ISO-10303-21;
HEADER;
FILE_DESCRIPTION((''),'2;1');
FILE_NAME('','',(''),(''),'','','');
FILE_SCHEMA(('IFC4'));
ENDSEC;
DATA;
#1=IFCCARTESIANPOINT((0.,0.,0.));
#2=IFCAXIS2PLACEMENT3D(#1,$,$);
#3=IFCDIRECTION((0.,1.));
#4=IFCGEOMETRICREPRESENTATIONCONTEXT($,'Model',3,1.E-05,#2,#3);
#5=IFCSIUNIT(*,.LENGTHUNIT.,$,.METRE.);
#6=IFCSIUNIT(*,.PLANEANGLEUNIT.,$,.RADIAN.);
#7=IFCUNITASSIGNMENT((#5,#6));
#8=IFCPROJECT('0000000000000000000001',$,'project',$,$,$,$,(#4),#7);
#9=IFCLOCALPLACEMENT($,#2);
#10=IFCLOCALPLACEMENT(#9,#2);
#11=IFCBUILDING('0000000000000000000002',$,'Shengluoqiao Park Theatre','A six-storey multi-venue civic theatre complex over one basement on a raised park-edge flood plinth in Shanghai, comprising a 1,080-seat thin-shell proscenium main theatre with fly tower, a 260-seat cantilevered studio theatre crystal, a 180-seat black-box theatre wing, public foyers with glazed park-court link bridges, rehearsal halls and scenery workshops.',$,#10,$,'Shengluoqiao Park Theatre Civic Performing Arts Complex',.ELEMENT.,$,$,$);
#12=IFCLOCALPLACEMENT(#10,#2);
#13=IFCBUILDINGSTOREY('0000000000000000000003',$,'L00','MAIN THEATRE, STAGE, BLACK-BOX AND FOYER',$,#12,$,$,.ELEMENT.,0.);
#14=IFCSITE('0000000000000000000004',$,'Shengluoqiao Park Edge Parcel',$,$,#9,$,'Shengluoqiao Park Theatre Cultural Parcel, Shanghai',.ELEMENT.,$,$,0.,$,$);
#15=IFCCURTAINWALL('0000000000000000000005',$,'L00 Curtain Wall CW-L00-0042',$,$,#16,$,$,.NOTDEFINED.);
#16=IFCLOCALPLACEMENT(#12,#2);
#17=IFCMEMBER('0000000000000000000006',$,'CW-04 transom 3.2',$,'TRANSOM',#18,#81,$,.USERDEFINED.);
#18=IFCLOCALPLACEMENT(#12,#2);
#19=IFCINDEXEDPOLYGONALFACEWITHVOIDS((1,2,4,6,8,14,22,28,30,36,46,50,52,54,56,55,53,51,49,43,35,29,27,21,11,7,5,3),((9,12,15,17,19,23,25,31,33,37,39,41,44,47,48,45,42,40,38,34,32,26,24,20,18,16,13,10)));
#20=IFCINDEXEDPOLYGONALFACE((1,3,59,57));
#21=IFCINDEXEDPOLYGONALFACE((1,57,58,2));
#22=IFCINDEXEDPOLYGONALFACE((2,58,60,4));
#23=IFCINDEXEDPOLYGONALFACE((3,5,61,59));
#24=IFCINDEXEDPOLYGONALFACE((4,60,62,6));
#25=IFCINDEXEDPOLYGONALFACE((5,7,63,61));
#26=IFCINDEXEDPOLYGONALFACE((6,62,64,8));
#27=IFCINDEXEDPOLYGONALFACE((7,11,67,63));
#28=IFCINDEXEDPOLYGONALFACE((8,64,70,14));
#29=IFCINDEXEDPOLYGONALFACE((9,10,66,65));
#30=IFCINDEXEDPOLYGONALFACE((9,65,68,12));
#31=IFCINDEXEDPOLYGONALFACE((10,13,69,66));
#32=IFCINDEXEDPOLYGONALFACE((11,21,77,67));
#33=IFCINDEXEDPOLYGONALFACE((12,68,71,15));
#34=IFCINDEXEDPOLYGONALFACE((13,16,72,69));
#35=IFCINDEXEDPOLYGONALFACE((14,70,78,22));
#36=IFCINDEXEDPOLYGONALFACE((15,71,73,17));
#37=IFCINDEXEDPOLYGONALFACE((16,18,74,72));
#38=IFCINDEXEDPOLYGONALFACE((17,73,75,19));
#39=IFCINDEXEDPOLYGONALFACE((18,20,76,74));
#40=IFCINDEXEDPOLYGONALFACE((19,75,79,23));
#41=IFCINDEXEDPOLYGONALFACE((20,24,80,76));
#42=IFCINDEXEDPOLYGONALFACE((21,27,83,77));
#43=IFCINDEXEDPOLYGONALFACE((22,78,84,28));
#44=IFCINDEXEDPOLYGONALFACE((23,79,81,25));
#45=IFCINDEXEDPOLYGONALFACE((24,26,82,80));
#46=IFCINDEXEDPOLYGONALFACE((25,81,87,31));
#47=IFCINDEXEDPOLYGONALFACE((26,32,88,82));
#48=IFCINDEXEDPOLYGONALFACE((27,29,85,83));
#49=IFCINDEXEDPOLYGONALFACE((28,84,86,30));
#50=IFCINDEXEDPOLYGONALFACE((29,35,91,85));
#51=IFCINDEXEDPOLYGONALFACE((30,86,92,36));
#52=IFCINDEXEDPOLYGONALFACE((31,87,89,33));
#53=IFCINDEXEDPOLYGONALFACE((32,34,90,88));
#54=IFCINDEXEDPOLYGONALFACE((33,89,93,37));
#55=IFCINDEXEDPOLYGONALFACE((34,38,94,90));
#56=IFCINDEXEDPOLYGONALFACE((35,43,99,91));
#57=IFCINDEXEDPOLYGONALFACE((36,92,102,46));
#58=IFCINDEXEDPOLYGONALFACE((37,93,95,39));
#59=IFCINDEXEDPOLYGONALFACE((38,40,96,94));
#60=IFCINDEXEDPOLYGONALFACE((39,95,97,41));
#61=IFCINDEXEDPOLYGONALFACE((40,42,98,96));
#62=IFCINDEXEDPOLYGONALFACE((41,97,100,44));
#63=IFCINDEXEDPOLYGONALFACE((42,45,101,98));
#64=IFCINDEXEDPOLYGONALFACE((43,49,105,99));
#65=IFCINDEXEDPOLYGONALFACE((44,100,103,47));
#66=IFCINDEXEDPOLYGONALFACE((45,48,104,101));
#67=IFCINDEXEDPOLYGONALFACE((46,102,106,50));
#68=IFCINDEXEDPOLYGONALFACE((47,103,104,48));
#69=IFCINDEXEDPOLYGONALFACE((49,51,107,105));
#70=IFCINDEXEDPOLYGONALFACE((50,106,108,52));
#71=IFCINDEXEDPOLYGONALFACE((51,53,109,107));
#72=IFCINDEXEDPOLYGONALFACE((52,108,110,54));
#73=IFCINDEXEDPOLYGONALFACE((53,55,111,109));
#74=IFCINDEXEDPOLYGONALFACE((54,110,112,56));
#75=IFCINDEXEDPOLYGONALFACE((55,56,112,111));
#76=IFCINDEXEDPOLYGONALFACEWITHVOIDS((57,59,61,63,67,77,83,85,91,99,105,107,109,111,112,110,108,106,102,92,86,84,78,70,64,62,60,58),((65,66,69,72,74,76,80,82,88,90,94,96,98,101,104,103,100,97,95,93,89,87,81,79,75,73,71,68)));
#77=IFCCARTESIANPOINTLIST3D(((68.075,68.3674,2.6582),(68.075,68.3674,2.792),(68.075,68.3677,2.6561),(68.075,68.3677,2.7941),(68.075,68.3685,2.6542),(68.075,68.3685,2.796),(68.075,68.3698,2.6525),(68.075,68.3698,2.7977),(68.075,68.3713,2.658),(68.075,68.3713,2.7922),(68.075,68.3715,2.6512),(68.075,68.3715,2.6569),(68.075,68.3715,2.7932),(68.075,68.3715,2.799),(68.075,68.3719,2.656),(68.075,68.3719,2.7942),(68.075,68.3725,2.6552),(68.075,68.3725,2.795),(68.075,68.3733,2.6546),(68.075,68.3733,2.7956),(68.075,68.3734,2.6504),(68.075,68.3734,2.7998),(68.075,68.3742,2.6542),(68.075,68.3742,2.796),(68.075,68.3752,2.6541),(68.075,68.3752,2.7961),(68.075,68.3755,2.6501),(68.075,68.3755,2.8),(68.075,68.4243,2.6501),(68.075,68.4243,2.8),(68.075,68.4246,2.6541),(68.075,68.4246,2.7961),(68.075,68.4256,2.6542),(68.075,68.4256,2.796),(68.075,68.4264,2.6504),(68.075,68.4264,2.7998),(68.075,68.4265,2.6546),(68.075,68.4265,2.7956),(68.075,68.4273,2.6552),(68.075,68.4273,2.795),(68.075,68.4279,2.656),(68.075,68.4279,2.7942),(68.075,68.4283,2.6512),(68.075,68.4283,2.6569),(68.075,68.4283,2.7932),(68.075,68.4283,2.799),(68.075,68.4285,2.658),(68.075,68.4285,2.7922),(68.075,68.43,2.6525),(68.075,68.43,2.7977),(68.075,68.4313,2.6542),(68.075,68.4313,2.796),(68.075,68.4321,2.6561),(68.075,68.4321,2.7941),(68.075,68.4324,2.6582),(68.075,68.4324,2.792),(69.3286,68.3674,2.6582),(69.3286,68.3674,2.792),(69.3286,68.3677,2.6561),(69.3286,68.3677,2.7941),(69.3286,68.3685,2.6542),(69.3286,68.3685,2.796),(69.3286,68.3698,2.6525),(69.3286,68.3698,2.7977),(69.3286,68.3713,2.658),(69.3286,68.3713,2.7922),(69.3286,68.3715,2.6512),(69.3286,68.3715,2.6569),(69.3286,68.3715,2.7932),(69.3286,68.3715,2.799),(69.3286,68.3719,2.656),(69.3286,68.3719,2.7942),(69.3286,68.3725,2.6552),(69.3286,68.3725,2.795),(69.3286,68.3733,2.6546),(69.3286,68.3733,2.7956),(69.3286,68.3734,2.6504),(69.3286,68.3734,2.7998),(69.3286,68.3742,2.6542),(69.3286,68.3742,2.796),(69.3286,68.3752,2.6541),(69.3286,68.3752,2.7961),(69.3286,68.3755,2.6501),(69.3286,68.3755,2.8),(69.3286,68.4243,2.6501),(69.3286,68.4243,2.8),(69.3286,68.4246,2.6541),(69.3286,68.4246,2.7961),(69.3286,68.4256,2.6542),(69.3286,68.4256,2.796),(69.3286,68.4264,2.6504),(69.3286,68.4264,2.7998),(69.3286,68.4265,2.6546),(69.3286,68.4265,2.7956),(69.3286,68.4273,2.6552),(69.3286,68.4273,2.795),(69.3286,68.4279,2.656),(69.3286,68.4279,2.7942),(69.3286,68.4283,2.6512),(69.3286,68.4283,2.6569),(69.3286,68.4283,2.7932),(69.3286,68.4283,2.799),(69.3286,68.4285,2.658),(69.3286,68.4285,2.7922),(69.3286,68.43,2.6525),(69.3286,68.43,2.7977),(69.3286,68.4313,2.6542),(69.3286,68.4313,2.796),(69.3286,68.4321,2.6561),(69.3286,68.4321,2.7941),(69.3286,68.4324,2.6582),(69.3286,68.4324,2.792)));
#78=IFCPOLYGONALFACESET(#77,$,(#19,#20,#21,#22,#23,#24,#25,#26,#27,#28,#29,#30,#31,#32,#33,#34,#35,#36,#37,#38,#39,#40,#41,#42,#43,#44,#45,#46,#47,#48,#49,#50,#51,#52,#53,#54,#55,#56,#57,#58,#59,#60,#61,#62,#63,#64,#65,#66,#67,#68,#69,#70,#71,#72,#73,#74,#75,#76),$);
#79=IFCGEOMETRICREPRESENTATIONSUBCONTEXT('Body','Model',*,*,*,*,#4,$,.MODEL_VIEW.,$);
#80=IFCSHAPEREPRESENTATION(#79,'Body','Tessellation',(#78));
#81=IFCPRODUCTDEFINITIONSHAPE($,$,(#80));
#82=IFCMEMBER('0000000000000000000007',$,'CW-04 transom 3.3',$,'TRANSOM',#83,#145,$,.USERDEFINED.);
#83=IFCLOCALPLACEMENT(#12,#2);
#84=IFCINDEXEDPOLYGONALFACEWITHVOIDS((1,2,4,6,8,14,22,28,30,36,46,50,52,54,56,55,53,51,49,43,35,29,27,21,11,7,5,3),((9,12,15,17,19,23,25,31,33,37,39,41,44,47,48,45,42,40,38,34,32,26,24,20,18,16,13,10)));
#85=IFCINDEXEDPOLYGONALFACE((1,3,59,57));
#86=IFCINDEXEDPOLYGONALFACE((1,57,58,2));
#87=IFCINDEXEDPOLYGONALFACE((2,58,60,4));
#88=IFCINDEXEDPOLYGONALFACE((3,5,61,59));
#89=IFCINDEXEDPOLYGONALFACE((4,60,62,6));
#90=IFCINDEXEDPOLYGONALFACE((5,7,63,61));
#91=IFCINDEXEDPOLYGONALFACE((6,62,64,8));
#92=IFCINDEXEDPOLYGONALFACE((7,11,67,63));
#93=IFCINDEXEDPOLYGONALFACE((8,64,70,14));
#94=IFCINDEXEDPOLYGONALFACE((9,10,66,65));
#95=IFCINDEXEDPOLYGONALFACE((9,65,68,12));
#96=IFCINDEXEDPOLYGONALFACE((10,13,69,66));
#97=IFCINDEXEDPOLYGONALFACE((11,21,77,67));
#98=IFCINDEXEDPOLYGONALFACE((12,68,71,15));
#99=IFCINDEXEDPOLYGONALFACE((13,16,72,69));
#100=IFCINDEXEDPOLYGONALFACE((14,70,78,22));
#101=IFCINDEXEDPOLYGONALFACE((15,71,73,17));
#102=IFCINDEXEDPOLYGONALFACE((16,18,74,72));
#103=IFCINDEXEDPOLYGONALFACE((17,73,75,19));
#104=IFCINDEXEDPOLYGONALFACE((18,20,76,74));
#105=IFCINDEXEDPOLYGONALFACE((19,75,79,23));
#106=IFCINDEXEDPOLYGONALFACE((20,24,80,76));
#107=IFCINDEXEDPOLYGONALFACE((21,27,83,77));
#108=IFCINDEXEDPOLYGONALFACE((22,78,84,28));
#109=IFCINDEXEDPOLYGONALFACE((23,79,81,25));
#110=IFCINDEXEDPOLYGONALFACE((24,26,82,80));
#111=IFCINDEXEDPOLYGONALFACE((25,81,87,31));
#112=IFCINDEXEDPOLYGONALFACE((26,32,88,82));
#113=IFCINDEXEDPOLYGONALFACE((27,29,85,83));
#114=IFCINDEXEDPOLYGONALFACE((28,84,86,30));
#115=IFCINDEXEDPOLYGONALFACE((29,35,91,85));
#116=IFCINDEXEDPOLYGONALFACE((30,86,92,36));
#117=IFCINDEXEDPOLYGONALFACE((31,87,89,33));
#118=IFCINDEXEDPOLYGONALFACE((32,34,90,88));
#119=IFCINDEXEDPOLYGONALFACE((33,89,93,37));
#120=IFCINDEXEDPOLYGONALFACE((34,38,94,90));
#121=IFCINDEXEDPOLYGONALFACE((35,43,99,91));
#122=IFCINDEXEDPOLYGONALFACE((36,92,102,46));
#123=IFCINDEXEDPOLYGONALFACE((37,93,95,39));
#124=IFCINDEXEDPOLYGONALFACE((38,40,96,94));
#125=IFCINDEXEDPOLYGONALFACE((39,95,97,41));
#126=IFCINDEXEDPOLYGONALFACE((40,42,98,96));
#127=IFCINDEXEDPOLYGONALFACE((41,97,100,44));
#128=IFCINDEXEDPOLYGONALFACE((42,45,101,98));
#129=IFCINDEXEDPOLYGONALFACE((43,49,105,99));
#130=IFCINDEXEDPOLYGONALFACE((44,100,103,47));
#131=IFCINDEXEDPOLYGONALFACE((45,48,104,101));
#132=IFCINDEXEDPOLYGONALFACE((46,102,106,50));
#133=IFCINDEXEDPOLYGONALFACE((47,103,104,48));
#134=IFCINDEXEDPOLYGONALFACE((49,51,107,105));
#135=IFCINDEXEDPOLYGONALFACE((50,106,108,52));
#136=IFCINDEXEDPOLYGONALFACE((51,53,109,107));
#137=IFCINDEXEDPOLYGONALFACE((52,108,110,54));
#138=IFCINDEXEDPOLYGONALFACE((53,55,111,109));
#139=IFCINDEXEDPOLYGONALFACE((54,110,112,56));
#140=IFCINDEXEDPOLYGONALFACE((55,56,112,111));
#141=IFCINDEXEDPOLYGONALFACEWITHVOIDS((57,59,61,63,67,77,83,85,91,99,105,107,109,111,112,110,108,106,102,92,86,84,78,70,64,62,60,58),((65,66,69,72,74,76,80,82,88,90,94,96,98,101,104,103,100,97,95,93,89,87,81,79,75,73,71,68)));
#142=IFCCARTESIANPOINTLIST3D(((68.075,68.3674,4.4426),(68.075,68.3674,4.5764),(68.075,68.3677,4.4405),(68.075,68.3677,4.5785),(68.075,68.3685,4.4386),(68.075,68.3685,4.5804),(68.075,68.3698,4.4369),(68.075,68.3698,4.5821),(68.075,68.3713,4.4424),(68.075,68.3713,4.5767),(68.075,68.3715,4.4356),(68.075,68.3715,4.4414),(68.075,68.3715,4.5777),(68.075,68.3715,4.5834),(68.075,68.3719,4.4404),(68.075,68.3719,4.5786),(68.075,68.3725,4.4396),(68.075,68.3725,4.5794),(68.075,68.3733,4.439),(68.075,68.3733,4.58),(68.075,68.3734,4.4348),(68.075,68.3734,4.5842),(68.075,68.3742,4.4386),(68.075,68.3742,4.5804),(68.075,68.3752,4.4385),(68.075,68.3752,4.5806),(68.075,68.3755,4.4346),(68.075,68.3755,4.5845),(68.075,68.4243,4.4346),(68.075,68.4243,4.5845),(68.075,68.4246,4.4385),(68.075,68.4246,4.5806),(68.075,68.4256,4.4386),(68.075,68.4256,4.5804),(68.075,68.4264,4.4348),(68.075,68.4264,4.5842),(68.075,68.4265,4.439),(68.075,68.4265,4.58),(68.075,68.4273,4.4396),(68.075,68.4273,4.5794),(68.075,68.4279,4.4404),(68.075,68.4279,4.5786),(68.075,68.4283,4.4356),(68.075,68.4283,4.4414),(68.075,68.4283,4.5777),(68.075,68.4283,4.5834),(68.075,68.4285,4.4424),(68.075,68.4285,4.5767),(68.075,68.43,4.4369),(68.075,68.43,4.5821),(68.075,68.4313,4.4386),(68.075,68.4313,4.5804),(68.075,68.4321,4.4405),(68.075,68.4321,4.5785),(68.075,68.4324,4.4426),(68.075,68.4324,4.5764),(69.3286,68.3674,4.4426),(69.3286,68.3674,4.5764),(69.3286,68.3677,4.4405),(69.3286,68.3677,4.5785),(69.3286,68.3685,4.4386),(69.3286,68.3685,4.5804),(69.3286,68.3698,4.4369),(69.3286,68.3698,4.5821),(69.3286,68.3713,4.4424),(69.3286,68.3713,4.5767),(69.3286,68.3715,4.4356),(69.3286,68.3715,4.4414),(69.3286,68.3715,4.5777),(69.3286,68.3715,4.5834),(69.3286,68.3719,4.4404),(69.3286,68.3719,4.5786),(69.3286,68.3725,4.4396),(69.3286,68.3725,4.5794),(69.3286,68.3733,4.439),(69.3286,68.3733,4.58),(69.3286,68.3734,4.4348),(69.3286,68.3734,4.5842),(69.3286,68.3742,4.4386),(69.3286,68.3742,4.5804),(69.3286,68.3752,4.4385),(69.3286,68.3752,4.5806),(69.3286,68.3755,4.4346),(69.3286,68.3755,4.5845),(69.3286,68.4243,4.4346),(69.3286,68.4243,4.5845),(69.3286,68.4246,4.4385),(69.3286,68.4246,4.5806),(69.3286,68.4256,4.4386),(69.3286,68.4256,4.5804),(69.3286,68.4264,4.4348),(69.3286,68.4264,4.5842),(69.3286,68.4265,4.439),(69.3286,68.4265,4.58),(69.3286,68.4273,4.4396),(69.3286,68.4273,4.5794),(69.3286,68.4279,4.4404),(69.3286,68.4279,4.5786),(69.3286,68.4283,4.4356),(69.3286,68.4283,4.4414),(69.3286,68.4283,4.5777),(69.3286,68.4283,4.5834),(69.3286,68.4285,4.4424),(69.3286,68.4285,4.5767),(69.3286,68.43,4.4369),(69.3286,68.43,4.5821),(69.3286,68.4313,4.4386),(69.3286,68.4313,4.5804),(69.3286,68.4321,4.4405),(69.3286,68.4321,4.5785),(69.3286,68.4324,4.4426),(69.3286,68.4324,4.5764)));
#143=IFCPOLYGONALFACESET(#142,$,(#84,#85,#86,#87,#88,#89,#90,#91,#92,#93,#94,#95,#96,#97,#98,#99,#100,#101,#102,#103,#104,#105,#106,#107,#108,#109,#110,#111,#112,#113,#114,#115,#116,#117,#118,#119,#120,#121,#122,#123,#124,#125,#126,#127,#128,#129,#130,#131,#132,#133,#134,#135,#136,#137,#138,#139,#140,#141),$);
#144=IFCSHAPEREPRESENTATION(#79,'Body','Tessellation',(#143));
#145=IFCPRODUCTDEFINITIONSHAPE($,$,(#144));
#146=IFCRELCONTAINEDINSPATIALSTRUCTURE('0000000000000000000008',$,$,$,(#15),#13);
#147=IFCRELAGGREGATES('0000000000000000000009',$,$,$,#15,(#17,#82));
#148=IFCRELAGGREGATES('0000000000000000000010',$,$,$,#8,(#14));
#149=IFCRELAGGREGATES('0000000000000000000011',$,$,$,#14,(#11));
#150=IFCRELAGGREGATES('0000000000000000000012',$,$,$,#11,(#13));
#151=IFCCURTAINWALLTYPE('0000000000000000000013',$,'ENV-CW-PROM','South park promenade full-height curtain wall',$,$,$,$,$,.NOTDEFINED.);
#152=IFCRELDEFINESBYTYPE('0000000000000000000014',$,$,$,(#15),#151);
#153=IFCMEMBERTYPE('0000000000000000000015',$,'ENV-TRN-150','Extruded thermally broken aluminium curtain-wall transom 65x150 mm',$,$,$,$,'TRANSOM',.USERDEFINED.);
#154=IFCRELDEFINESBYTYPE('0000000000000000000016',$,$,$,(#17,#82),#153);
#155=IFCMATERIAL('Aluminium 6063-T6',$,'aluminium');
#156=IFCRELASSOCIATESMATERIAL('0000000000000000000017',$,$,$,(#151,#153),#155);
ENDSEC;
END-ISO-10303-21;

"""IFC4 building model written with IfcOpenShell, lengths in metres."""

from ifc_helpers import new_model, si_unit, direction, frame, origin, origin_2d, place, context, subcontext, project, spatial, hollow_rectangle, extrude, material, material_profile, profile_set, type_object, element, aggregate, save


model = new_model("IFC4")

# Units and contexts
model_context = context("Model", 3, precision=1e-05, world=origin(), true_north=direction((0.0, 1.0)))
body_context = subcontext(model_context, "Body", "Model", "MODEL_VIEW")
ifc_project = project(units=[si_unit("LENGTHUNIT", "METRE"), si_unit("PLANEANGLEUNIT", "RADIAN")], contexts=[model_context])

# Site, building, storey
site_placement = place(None, origin())
site = spatial("IfcSite", under=ifc_project, at=site_placement, Name="Shengluoqiao Park Edge Parcel", LongName="Shengluoqiao Park Theatre Cultural Parcel, Shanghai", CompositionType="ELEMENT", RefElevation=0.0)
building_placement = place(site_placement, origin())
building = spatial("IfcBuilding", under=site, at=building_placement, Name="Shengluoqiao Park Theatre", Description="A six-storey multi-venue civic theatre complex over one basement on a raised park-edge flood plinth in Shanghai, comprising a 1,080-seat thin-shell proscenium main theatre with fly tower, a 260-seat cantilevered studio theatre crystal, a 180-seat black-box theatre wing, public foyers with glazed park-court link bridges, rehearsal halls and scenery workshops.", LongName="Shengluoqiao Park Theatre Civic Performing Arts Complex", CompositionType="ELEMENT")
storey_placement = place(building_placement, origin())
storey = spatial("IfcBuildingStorey", under=building, at=storey_placement, Name="L00", Description="MAIN THEATRE, STAGE, BLACK-BOX AND FOYER", CompositionType="ELEMENT", Elevation=0.0)

# Curtain wall
ifc_material_1 = material(Name="Aluminium 6063-T6", Category="aluminium")
curtain_wall_type = type_object("IfcCurtainWallType", Name="ENV-CW-PROM", Description="South park promenade full-height curtain wall", PredefinedType="NOTDEFINED", material=ifc_material_1)
curtain_wall_1_placement = place(storey_placement, origin())
curtain_wall_1 = element("IfcCurtainWall", 1, at=curtain_wall_1_placement, inside=storey, type_object=curtain_wall_type, Name="L00 Curtain Wall CW-L00-0042", PredefinedType="NOTDEFINED")

# Members
ifc_material_profile_1 = material_profile(ifc_material_1, hollow_rectangle(XDim=0.0649, YDim=0.1499, WallThickness=0.0039, InnerFilletRadius=0.0039, OuterFilletRadius=0.0081, at=origin_2d()), Name="ALU TRANSOM 150x65x4")
ifc_profile_set_1 = profile_set([ifc_material_profile_1], Name="Aluminium 6063-T6")
member_type_1 = type_object("IfcMemberType", Name="ENV-TRN-150", Description="Extruded thermally broken aluminium curtain-wall transom 65x150 mm", ElementType="TRANSOM", PredefinedType="USERDEFINED", material=ifc_profile_set_1)
member_1_placement = place(storey_placement, frame((68.075, 68.3999, 2.7251), z_axis=(1.0, 0.0, 0.0), x_axis=(0.0, 1.0, 0.0)))
member_1 = element("IfcMember", 2, at=member_1_placement, type_object=member_type_1, Name="CW-04 transom 3.2", ObjectType="TRANSOM", PredefinedType="USERDEFINED", context=body_context, shape_type="SweptSolid", body=[
    extrude(hollow_rectangle(XDim=0.0649, YDim=0.1499, WallThickness=0.0039, InnerFilletRadius=0.0039, OuterFilletRadius=0.0081, at=origin_2d()), origin(), (0.0, 0.0, 1.0), 1.2537),
])
member_2_placement = place(storey_placement, frame((68.075, 68.3999, 4.5095), z_axis=(1.0, 0.0, 0.0), x_axis=(0.0, 1.0, 0.0)))
member_2 = element("IfcMember", 3, at=member_2_placement, type_object=member_type_1, Name="CW-04 transom 3.3", ObjectType="TRANSOM", PredefinedType="USERDEFINED", context=body_context, shape_type="SweptSolid", body=[
    extrude(hollow_rectangle(XDim=0.0649, YDim=0.1499, WallThickness=0.0039, InnerFilletRadius=0.0039, OuterFilletRadius=0.0081, at=origin_2d()), origin(), (0.0, 0.0, 1.0), 1.2537),
])

aggregate(curtain_wall_1, [member_1, member_2])

save(model, "model.ifc")
